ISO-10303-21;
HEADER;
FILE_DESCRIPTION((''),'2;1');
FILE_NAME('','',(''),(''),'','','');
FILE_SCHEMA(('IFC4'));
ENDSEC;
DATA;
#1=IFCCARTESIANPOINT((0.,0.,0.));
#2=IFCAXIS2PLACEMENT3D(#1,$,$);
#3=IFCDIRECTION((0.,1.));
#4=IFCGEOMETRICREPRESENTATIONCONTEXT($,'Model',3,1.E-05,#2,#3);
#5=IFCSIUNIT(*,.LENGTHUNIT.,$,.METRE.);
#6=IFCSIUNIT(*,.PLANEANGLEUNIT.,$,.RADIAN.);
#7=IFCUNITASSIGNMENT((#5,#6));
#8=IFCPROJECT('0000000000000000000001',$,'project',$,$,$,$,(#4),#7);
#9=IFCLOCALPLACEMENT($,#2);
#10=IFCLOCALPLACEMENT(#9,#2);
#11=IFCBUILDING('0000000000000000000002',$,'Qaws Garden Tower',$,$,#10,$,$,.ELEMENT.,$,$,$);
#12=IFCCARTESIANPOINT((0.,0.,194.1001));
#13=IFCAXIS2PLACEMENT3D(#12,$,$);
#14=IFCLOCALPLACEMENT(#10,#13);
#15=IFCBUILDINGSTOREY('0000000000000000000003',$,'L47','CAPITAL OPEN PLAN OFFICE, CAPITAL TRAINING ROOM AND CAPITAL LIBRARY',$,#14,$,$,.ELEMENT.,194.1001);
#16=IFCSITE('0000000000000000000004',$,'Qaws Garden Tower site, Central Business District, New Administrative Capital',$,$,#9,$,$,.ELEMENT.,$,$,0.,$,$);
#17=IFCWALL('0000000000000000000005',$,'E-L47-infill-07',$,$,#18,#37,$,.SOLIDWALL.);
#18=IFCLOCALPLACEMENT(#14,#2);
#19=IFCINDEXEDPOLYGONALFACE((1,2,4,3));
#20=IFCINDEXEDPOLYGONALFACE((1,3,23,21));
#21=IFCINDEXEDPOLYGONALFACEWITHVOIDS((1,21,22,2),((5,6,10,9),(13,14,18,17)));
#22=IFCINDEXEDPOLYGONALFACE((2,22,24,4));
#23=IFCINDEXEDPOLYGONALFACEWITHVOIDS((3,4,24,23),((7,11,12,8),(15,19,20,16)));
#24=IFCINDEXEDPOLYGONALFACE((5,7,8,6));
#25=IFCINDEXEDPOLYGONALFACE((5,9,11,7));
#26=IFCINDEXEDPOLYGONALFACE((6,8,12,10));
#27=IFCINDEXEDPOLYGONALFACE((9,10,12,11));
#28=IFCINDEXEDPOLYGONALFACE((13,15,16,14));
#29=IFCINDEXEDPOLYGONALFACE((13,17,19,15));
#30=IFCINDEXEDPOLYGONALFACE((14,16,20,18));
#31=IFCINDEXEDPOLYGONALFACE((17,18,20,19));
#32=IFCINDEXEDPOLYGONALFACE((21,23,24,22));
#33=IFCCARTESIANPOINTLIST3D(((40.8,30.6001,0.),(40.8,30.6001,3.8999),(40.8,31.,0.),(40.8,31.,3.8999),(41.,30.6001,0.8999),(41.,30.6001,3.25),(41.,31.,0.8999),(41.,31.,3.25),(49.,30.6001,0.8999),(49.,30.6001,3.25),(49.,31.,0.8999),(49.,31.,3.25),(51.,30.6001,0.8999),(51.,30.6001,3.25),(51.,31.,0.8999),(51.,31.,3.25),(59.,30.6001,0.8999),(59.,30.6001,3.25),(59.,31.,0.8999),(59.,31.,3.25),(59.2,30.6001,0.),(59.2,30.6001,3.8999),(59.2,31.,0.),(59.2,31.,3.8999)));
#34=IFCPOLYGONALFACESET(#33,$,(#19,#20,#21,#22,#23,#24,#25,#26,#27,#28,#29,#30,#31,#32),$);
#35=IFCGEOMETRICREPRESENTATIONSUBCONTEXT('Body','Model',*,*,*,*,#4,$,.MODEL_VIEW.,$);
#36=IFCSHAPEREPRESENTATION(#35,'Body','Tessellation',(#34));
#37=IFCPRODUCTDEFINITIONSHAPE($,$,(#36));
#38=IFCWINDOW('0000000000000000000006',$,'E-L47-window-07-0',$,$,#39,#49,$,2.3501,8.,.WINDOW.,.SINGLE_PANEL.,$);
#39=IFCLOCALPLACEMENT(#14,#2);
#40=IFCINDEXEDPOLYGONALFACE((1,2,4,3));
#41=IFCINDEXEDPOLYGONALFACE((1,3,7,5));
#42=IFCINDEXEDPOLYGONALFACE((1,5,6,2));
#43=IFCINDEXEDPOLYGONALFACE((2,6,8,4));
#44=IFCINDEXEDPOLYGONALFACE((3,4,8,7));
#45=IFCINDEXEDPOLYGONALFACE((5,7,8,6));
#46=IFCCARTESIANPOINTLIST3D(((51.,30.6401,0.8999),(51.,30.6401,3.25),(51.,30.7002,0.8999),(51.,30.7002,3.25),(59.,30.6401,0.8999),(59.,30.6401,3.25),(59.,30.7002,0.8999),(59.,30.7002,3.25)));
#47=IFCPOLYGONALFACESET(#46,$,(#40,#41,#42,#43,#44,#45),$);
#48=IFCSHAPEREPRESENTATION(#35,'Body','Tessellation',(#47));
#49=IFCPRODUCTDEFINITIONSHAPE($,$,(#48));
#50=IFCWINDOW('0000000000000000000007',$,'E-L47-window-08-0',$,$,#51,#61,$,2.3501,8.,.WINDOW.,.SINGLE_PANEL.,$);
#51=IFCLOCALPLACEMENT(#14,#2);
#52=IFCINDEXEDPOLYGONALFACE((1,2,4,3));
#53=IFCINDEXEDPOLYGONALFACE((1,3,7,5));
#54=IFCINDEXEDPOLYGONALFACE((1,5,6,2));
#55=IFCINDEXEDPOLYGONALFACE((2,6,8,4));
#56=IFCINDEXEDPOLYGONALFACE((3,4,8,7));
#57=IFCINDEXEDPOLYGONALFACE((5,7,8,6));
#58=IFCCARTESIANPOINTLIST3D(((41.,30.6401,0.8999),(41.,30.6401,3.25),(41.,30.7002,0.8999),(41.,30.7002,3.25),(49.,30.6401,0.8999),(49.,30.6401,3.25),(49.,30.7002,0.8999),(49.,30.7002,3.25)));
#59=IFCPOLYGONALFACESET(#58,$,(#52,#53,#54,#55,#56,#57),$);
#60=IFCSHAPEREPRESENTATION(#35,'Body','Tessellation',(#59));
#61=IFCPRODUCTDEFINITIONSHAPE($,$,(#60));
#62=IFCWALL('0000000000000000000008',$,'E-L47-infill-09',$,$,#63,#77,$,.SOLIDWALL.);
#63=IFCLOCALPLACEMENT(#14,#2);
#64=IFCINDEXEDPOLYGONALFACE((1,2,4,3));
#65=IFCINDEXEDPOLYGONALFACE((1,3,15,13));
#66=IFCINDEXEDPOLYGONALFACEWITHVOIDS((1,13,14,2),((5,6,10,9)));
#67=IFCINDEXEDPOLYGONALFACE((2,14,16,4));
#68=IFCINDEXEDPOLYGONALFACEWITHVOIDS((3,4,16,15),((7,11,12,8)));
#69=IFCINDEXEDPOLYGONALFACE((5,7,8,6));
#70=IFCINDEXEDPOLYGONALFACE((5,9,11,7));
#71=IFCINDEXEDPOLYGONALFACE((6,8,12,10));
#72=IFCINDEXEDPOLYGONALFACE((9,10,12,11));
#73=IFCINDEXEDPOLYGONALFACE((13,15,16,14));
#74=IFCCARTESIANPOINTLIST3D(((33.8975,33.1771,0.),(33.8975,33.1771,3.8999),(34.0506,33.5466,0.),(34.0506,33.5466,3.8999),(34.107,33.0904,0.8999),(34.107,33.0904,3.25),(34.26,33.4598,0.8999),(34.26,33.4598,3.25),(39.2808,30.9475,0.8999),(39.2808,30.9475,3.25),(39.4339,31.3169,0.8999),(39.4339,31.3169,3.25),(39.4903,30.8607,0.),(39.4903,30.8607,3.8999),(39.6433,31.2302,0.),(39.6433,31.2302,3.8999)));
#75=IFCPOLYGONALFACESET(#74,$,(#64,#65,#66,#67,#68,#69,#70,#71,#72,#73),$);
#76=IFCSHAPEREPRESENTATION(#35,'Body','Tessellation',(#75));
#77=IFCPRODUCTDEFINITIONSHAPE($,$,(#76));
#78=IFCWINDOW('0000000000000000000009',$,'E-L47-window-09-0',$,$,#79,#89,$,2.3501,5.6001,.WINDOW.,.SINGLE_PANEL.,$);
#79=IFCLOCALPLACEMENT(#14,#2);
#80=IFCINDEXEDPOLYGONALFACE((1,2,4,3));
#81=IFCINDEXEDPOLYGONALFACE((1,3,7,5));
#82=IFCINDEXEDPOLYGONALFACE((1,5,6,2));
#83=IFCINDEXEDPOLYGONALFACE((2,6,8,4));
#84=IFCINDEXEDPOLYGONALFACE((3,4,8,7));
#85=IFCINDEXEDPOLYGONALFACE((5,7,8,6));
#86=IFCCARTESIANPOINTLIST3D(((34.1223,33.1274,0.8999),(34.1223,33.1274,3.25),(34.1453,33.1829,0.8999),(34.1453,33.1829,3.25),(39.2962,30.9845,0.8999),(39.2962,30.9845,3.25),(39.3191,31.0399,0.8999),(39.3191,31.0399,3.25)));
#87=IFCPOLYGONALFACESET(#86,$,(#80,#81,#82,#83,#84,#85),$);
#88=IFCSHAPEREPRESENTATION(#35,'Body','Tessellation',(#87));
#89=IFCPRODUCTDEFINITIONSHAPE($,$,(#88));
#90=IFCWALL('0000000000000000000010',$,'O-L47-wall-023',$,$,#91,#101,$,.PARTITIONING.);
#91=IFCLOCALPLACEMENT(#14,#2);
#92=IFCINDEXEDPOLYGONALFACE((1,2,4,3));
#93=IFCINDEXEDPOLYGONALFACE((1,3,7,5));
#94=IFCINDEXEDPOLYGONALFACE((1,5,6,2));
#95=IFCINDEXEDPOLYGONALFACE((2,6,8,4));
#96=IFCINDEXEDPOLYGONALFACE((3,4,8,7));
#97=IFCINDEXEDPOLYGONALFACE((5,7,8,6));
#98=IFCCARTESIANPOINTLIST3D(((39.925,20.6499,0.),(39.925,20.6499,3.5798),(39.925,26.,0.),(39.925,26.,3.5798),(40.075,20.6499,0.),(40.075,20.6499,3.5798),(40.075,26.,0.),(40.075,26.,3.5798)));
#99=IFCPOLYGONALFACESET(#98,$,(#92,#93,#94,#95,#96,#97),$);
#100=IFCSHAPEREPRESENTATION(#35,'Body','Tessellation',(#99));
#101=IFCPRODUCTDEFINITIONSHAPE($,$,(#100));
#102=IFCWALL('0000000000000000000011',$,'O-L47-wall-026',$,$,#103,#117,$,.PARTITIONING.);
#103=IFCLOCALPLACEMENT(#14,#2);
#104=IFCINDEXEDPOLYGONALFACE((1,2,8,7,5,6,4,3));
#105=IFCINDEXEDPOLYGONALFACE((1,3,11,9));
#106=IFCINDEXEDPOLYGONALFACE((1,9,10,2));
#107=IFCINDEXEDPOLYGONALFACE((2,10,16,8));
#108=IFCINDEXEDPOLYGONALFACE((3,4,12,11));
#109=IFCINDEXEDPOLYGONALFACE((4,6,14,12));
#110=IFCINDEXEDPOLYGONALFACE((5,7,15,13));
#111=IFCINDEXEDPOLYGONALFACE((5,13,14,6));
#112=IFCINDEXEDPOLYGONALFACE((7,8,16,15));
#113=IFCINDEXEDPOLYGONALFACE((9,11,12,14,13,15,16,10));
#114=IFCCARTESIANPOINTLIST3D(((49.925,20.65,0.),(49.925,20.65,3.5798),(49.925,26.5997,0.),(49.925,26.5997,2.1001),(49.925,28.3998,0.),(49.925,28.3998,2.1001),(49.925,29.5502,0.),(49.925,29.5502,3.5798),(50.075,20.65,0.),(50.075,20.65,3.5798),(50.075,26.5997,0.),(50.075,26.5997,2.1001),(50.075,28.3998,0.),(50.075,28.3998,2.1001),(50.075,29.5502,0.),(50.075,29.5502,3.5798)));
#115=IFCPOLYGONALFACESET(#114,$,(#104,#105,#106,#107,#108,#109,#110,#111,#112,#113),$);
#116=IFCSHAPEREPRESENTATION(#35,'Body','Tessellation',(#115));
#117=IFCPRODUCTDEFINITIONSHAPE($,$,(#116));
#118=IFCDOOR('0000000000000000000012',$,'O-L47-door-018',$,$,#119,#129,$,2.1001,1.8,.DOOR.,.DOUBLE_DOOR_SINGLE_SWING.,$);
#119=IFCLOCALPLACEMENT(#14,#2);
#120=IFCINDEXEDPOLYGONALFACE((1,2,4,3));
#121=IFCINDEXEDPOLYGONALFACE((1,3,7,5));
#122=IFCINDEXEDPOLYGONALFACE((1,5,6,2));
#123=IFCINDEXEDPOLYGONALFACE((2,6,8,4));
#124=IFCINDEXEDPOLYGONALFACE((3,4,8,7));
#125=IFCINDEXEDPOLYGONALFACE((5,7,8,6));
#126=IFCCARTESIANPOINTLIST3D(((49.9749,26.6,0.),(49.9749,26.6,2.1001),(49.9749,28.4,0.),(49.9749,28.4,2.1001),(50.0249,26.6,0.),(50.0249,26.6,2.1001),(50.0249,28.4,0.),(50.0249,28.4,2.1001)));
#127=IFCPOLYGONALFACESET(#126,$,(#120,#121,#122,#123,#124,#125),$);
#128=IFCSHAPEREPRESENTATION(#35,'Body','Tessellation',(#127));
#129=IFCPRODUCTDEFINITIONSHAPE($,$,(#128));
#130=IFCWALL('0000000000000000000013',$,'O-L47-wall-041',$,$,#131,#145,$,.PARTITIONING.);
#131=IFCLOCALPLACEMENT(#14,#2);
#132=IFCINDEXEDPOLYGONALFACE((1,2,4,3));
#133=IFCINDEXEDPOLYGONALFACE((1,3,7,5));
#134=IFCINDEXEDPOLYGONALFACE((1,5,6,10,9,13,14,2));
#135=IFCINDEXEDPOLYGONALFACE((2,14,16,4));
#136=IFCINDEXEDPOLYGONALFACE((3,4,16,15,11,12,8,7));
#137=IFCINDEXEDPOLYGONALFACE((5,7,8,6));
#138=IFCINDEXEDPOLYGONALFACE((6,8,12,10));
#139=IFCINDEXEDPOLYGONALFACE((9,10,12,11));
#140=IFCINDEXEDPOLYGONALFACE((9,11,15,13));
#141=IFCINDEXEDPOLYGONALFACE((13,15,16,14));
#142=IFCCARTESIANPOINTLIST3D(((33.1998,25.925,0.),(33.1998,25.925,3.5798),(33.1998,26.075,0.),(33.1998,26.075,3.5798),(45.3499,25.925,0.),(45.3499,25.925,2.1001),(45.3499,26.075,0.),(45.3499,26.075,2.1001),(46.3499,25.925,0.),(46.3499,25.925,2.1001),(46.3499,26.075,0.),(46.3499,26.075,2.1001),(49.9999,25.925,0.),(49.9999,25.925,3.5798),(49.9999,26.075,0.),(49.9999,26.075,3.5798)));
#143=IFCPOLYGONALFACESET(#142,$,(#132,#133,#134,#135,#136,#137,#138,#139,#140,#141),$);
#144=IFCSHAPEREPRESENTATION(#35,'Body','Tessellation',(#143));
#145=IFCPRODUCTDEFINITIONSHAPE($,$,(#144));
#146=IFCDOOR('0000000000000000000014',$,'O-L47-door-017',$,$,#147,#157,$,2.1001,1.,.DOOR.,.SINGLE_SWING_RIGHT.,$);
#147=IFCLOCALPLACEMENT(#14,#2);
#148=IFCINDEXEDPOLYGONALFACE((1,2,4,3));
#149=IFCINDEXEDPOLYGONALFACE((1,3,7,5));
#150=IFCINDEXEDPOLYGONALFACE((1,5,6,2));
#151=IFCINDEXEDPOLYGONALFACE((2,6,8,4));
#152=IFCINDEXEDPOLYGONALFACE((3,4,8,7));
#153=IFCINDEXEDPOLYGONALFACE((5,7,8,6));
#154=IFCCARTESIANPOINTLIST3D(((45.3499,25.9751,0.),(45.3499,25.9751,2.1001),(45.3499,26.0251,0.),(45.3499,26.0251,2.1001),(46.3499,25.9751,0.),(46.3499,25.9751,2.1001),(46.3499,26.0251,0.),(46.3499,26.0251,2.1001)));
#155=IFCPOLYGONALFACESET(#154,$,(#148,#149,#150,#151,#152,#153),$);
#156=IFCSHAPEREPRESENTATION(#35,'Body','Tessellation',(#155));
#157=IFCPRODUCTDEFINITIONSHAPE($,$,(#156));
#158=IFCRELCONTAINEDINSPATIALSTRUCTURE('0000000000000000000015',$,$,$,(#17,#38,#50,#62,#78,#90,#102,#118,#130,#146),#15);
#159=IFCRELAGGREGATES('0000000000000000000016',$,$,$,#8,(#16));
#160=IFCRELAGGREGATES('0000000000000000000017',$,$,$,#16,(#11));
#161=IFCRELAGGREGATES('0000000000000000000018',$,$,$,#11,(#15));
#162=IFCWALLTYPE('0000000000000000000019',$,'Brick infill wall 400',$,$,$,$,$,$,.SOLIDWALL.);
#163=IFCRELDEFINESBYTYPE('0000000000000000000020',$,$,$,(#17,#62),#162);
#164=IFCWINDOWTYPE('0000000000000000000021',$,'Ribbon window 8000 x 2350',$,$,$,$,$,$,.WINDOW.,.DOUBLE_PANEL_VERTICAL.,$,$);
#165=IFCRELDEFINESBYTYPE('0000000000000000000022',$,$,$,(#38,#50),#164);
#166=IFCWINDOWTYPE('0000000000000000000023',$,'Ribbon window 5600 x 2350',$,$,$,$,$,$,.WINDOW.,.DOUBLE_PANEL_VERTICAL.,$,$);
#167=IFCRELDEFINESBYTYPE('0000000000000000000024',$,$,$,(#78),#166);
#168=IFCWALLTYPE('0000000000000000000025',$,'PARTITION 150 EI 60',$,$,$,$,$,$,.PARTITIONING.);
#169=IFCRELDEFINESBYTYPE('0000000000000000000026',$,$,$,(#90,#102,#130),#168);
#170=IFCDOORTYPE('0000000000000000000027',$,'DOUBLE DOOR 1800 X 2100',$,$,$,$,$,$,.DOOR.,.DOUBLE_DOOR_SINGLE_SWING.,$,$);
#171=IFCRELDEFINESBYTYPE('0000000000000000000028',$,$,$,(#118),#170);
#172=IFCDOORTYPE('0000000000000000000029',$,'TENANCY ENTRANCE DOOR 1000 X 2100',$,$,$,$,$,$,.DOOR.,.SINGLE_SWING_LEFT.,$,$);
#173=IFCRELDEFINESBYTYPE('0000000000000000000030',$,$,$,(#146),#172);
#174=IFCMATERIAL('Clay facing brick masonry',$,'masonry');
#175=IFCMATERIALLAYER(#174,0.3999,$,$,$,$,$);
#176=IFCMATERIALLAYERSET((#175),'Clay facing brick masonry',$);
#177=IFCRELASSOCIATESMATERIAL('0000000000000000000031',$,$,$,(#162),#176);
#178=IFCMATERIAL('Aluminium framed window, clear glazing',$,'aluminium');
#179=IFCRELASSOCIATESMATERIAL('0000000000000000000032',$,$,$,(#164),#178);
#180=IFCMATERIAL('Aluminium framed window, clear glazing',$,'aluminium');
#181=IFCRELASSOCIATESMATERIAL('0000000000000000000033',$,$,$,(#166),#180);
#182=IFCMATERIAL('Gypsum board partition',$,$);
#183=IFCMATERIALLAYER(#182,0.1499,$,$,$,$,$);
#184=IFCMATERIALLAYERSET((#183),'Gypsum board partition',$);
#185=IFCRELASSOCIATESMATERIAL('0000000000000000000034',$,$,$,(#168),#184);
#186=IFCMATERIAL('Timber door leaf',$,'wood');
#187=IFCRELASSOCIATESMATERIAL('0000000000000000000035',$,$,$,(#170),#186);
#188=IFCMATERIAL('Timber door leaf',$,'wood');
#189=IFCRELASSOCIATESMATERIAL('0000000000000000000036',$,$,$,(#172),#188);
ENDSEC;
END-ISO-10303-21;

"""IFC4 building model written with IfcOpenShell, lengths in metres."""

from ifc_helpers import new_model, si_unit, direction, frame, frame_2d, origin, place, context, subcontext, project, spatial, rectangle, extrude, material, layer, layer_set, type_object, element, fill, save


model = new_model("IFC4")

# Units and contexts
model_context = context("Model", 3, precision=1e-05, world=origin(), true_north=direction((0.0, 1.0)))
body_context = subcontext(model_context, "Body", "Model", "MODEL_VIEW")
ifc_project = project(units=[si_unit("LENGTHUNIT", "METRE"), si_unit("PLANEANGLEUNIT", "RADIAN")], contexts=[model_context])

# Site, building, storey
site_placement = place(None, origin())
site = spatial("IfcSite", under=ifc_project, at=site_placement, Name="Qaws Garden Tower site, Central Business District, New Administrative Capital", CompositionType="ELEMENT", RefElevation=0.0)
building_placement = place(site_placement, origin())
building = spatial("IfcBuilding", under=site, at=building_placement, Name="Qaws Garden Tower", CompositionType="ELEMENT")
storey_placement = place(building_placement, frame((0.0, 0.0, 194.1001)))
storey = spatial("IfcBuildingStorey", under=building, at=storey_placement, Name="L47", Description="CAPITAL OPEN PLAN OFFICE, CAPITAL TRAINING ROOM AND CAPITAL LIBRARY", CompositionType="ELEMENT", Elevation=194.1001)

# Wall, openings, windows
ifc_material_1 = material(Name="Clay facing brick masonry", Category="masonry")
ifc_layer_1 = layer(ifc_material_1, 0.3999)
ifc_layer_set_1 = layer_set([ifc_layer_1], Name="Clay facing brick masonry")
wall_type_1 = type_object("IfcWallType", Name="Brick infill wall 400", PredefinedType="SOLIDWALL", material=ifc_layer_set_1)
wall_1_placement = place(storey_placement, frame((59.2, 30.8, 0.0), z_axis=(0.0, 0.0, 1.0), x_axis=(-1.0, 0.0, 0.0)))
wall_1 = element("IfcWall", 1, at=wall_1_placement, inside=storey, type_object=wall_type_1, Name="E-L47-infill-07", PredefinedType="SOLIDWALL", context=body_context, shape_type="SweptSolid", body=[
    extrude(rectangle(XDim=18.3999, YDim=0.3999, at=frame_2d((9.2, 0.0))), origin(), (0.0, 0.0, 1.0), 3.8999),
])
opening_1_placement = place(wall_1_placement, frame((0.2, 0.0, 0.8999)))
opening_1 = element("IfcOpeningElement", 2, at=opening_1_placement, cuts=wall_1, PredefinedType="OPENING", context=body_context, shape_type="SweptSolid", body=[
    extrude(rectangle(XDim=8.0, YDim=2.3501, at=frame_2d((4.0, 1.175))), frame((0.0, 0.21, 0.0), z_axis=(0.0, -1.0, 0.0), x_axis=(1.0, 0.0, 0.0)), (0.0, 0.0, 1.0), 0.4199),
])
opening_2_placement = place(wall_1_placement, frame((10.2, 0.0, 0.8999)))
opening_2 = element("IfcOpeningElement", 3, at=opening_2_placement, cuts=wall_1, PredefinedType="OPENING", context=body_context, shape_type="SweptSolid", body=[
    extrude(rectangle(XDim=8.0, YDim=2.3501, at=frame_2d((4.0, 1.175))), frame((0.0, 0.21, 0.0), z_axis=(0.0, -1.0, 0.0), x_axis=(1.0, 0.0, 0.0)), (0.0, 0.0, 1.0), 0.4199),
])
ifc_material_2 = material(Name="Aluminium framed window, clear glazing", Category="aluminium")
window_type_1 = type_object("IfcWindowType", Name="Ribbon window 8000 x 2350", PartitioningType="DOUBLE_PANEL_VERTICAL", PredefinedType="WINDOW", material=ifc_material_2)
window_1_placement = place(opening_1_placement, origin())
window_1 = element("IfcWindow", 4, at=window_1_placement, inside=storey, type_object=window_type_1, Name="E-L47-window-07-0", OverallHeight=2.3501, OverallWidth=8.0, PartitioningType="SINGLE_PANEL", PredefinedType="WINDOW", context=body_context, shape_type="SweptSolid", body=[
    extrude(rectangle(XDim=8.0, YDim=2.3501, at=frame_2d((4.0, 1.175))), frame((0.0, 0.1599, 0.0), z_axis=(0.0, -1.0, 0.0), x_axis=(1.0, 0.0, 0.0)), (0.0, 0.0, 1.0), 0.0601),
])
fill(opening_1, window_1)
window_2_placement = place(opening_2_placement, origin())
window_2 = element("IfcWindow", 5, at=window_2_placement, inside=storey, type_object=window_type_1, Name="E-L47-window-08-0", OverallHeight=2.3501, OverallWidth=8.0, PartitioningType="SINGLE_PANEL", PredefinedType="WINDOW", context=body_context, shape_type="SweptSolid", body=[
    extrude(rectangle(XDim=8.0, YDim=2.3501, at=frame_2d((4.0, 1.175))), frame((0.0, 0.1599, 0.0), z_axis=(0.0, -1.0, 0.0), x_axis=(1.0, 0.0, 0.0)), (0.0, 0.0, 1.0), 0.0601),
])
fill(opening_2, window_2)

# Wall, opening, window
wall_2_placement = place(storey_placement, frame((39.5669, 31.0454, 0.0), z_axis=(0.0, 0.0, 1.0), x_axis=(-0.923891, 0.382656, 0.0)))
wall_2 = element("IfcWall", 6, at=wall_2_placement, inside=storey, type_object=wall_type_1, Name="E-L47-infill-09", PredefinedType="SOLIDWALL", context=body_context, shape_type="SweptSolid", body=[
    extrude(rectangle(XDim=6.0535, YDim=0.3999, at=frame_2d((3.0269, 0.0))), origin(), (0.0, 0.0, 1.0), 3.8999),
])
opening_3_placement = place(wall_2_placement, frame((0.2268, 0.0, 0.8999)))
opening_3 = element("IfcOpeningElement", 7, at=opening_3_placement, cuts=wall_2, PredefinedType="OPENING", context=body_context, shape_type="SweptSolid", body=[
    extrude(rectangle(XDim=5.6001, YDim=2.3501, at=frame_2d((2.8, 1.175))), frame((0.0, 0.21, 0.0), z_axis=(0.0, -1.0, 0.0), x_axis=(1.0, 0.0, 0.0)), (0.0, 0.0, 1.0), 0.4199),
])
ifc_material_3 = material(Name="Aluminium framed window, clear glazing", Category="aluminium")
window_type_2 = type_object("IfcWindowType", Name="Ribbon window 5600 x 2350", PartitioningType="DOUBLE_PANEL_VERTICAL", PredefinedType="WINDOW", material=ifc_material_3)
window_3_placement = place(opening_3_placement, origin())
window_3 = element("IfcWindow", 8, at=window_3_placement, inside=storey, type_object=window_type_2, Name="E-L47-window-09-0", OverallHeight=2.3501, OverallWidth=5.6001, PartitioningType="SINGLE_PANEL", PredefinedType="WINDOW", context=body_context, shape_type="SweptSolid", body=[
    extrude(rectangle(XDim=5.6001, YDim=2.3501, at=frame_2d((2.8, 1.175))), frame((0.0, 0.1599, 0.0), z_axis=(0.0, -1.0, 0.0), x_axis=(1.0, 0.0, 0.0)), (0.0, 0.0, 1.0), 0.0601),
])
fill(opening_3, window_3)

# Wall
ifc_material_4 = material(Name="Gypsum board partition")
ifc_layer_2 = layer(ifc_material_4, 0.1499)
ifc_layer_set_2 = layer_set([ifc_layer_2], Name="Gypsum board partition")
wall_type_2 = type_object("IfcWallType", Name="PARTITION 150 EI 60", PredefinedType="PARTITIONING", material=ifc_layer_set_2)
wall_3_placement = place(storey_placement, frame((40.0, 20.6499, 0.0), z_axis=(0.0, 0.0, 1.0), x_axis=(0.0, 1.0, 0.0)))
element("IfcWall", 9, at=wall_3_placement, inside=storey, type_object=wall_type_2, Name="O-L47-wall-023", PredefinedType="PARTITIONING", context=body_context, shape_type="SweptSolid", body=[
    extrude(rectangle(XDim=5.3501, YDim=0.1499, at=frame_2d((2.675, 0.0))), origin(), (0.0, 0.0, 1.0), 3.5798),
])

# Walls, openings, doors
wall_4_placement = place(storey_placement, frame((50.0, 20.6499, 0.0), z_axis=(0.0, 0.0, 1.0), x_axis=(0.0, 1.0, 0.0)))
wall_4 = element("IfcWall", 10, at=wall_4_placement, inside=storey, type_object=wall_type_2, Name="O-L47-wall-026", PredefinedType="PARTITIONING", context=body_context, shape_type="SweptSolid", body=[
    extrude(rectangle(XDim=8.9001, YDim=0.1499, at=frame_2d((4.4502, 0.0))), origin(), (0.0, 0.0, 1.0), 3.5798),
])
opening_4_placement = place(wall_4_placement, frame((5.95, 0.0, 0.0)))
opening_4 = element("IfcOpeningElement", 11, at=opening_4_placement, cuts=wall_4, PredefinedType="OPENING", context=body_context, shape_type="SweptSolid", body=[
    extrude(rectangle(XDim=1.8, YDim=2.1001, at=frame_2d((0.8999, 1.05))), frame((0.0, 0.085, 0.0), z_axis=(0.0, -1.0, 0.0), x_axis=(1.0, 0.0, 0.0)), (0.0, 0.0, 1.0), 0.1699),
])
ifc_material_5 = material(Name="Timber door leaf", Category="wood")
door_type_1 = type_object("IfcDoorType", Name="DOUBLE DOOR 1800 X 2100", OperationType="DOUBLE_DOOR_SINGLE_SWING", PredefinedType="DOOR", material=ifc_material_5)
door_1_placement = place(opening_4_placement, frame((1.8, 0.0, 0.0), z_axis=(0.0, 0.0, 1.0), x_axis=(-1.0, 0.0, 0.0)))
door_1 = element("IfcDoor", 12, at=door_1_placement, inside=storey, type_object=door_type_1, Name="O-L47-door-018", OperationType="DOUBLE_DOOR_SINGLE_SWING", OverallHeight=2.1001, OverallWidth=1.8, PredefinedType="DOOR", context=body_context, shape_type="SweptSolid", body=[
    extrude(rectangle(XDim=1.8, YDim=2.1001, at=frame_2d((0.8999, 1.05))), frame((0.0, 0.0249, 0.0), z_axis=(0.0, -1.0, 0.0), x_axis=(1.0, 0.0, 0.0)), (0.0, 0.0, 1.0), 0.05),
])
fill(opening_4, door_1)
wall_5_placement = place(storey_placement, frame((33.2, 26.0, 0.0), z_axis=(0.0, 0.0, 1.0), x_axis=(1.0, 0.0, 0.0)))
wall_5 = element("IfcWall", 13, at=wall_5_placement, inside=storey, type_object=wall_type_2, Name="O-L47-wall-041", PredefinedType="PARTITIONING", context=body_context, shape_type="SweptSolid", body=[
    extrude(rectangle(XDim=16.8, YDim=0.1499, at=frame_2d((8.3999, 0.0))), origin(), (0.0, 0.0, 1.0), 3.5798),
])
opening_5_placement = place(wall_5_placement, frame((12.1499, 0.0, 0.0)))
opening_5 = element("IfcOpeningElement", 14, at=opening_5_placement, cuts=wall_5, PredefinedType="OPENING", context=body_context, shape_type="SweptSolid", body=[
    extrude(rectangle(XDim=1.0, YDim=2.1001, at=frame_2d((0.5, 1.05))), frame((0.0, 0.085, 0.0), z_axis=(0.0, -1.0, 0.0), x_axis=(1.0, 0.0, 0.0)), (0.0, 0.0, 1.0), 0.1699),
])
ifc_material_6 = material(Name="Timber door leaf", Category="wood")
door_type_2 = type_object("IfcDoorType", Name="TENANCY ENTRANCE DOOR 1000 X 2100", OperationType="SINGLE_SWING_LEFT", PredefinedType="DOOR", material=ifc_material_6)
door_2_placement = place(opening_5_placement, frame((1.0, 0.0, 0.0), z_axis=(0.0, 0.0, 1.0), x_axis=(-1.0, 0.0, 0.0)))
door_2 = element("IfcDoor", 15, at=door_2_placement, inside=storey, type_object=door_type_2, Name="O-L47-door-017", OperationType="SINGLE_SWING_RIGHT", OverallHeight=2.1001, OverallWidth=1.0, PredefinedType="DOOR", context=body_context, shape_type="SweptSolid", body=[
    extrude(rectangle(XDim=1.0, YDim=2.1001, at=frame_2d((0.5, 1.05))), frame((0.0, 0.0249, 0.0), z_axis=(0.0, -1.0, 0.0), x_axis=(1.0, 0.0, 0.0)), (0.0, 0.0, 1.0), 0.05),
])
fill(opening_5, door_2)

save(model, "model.ifc")
